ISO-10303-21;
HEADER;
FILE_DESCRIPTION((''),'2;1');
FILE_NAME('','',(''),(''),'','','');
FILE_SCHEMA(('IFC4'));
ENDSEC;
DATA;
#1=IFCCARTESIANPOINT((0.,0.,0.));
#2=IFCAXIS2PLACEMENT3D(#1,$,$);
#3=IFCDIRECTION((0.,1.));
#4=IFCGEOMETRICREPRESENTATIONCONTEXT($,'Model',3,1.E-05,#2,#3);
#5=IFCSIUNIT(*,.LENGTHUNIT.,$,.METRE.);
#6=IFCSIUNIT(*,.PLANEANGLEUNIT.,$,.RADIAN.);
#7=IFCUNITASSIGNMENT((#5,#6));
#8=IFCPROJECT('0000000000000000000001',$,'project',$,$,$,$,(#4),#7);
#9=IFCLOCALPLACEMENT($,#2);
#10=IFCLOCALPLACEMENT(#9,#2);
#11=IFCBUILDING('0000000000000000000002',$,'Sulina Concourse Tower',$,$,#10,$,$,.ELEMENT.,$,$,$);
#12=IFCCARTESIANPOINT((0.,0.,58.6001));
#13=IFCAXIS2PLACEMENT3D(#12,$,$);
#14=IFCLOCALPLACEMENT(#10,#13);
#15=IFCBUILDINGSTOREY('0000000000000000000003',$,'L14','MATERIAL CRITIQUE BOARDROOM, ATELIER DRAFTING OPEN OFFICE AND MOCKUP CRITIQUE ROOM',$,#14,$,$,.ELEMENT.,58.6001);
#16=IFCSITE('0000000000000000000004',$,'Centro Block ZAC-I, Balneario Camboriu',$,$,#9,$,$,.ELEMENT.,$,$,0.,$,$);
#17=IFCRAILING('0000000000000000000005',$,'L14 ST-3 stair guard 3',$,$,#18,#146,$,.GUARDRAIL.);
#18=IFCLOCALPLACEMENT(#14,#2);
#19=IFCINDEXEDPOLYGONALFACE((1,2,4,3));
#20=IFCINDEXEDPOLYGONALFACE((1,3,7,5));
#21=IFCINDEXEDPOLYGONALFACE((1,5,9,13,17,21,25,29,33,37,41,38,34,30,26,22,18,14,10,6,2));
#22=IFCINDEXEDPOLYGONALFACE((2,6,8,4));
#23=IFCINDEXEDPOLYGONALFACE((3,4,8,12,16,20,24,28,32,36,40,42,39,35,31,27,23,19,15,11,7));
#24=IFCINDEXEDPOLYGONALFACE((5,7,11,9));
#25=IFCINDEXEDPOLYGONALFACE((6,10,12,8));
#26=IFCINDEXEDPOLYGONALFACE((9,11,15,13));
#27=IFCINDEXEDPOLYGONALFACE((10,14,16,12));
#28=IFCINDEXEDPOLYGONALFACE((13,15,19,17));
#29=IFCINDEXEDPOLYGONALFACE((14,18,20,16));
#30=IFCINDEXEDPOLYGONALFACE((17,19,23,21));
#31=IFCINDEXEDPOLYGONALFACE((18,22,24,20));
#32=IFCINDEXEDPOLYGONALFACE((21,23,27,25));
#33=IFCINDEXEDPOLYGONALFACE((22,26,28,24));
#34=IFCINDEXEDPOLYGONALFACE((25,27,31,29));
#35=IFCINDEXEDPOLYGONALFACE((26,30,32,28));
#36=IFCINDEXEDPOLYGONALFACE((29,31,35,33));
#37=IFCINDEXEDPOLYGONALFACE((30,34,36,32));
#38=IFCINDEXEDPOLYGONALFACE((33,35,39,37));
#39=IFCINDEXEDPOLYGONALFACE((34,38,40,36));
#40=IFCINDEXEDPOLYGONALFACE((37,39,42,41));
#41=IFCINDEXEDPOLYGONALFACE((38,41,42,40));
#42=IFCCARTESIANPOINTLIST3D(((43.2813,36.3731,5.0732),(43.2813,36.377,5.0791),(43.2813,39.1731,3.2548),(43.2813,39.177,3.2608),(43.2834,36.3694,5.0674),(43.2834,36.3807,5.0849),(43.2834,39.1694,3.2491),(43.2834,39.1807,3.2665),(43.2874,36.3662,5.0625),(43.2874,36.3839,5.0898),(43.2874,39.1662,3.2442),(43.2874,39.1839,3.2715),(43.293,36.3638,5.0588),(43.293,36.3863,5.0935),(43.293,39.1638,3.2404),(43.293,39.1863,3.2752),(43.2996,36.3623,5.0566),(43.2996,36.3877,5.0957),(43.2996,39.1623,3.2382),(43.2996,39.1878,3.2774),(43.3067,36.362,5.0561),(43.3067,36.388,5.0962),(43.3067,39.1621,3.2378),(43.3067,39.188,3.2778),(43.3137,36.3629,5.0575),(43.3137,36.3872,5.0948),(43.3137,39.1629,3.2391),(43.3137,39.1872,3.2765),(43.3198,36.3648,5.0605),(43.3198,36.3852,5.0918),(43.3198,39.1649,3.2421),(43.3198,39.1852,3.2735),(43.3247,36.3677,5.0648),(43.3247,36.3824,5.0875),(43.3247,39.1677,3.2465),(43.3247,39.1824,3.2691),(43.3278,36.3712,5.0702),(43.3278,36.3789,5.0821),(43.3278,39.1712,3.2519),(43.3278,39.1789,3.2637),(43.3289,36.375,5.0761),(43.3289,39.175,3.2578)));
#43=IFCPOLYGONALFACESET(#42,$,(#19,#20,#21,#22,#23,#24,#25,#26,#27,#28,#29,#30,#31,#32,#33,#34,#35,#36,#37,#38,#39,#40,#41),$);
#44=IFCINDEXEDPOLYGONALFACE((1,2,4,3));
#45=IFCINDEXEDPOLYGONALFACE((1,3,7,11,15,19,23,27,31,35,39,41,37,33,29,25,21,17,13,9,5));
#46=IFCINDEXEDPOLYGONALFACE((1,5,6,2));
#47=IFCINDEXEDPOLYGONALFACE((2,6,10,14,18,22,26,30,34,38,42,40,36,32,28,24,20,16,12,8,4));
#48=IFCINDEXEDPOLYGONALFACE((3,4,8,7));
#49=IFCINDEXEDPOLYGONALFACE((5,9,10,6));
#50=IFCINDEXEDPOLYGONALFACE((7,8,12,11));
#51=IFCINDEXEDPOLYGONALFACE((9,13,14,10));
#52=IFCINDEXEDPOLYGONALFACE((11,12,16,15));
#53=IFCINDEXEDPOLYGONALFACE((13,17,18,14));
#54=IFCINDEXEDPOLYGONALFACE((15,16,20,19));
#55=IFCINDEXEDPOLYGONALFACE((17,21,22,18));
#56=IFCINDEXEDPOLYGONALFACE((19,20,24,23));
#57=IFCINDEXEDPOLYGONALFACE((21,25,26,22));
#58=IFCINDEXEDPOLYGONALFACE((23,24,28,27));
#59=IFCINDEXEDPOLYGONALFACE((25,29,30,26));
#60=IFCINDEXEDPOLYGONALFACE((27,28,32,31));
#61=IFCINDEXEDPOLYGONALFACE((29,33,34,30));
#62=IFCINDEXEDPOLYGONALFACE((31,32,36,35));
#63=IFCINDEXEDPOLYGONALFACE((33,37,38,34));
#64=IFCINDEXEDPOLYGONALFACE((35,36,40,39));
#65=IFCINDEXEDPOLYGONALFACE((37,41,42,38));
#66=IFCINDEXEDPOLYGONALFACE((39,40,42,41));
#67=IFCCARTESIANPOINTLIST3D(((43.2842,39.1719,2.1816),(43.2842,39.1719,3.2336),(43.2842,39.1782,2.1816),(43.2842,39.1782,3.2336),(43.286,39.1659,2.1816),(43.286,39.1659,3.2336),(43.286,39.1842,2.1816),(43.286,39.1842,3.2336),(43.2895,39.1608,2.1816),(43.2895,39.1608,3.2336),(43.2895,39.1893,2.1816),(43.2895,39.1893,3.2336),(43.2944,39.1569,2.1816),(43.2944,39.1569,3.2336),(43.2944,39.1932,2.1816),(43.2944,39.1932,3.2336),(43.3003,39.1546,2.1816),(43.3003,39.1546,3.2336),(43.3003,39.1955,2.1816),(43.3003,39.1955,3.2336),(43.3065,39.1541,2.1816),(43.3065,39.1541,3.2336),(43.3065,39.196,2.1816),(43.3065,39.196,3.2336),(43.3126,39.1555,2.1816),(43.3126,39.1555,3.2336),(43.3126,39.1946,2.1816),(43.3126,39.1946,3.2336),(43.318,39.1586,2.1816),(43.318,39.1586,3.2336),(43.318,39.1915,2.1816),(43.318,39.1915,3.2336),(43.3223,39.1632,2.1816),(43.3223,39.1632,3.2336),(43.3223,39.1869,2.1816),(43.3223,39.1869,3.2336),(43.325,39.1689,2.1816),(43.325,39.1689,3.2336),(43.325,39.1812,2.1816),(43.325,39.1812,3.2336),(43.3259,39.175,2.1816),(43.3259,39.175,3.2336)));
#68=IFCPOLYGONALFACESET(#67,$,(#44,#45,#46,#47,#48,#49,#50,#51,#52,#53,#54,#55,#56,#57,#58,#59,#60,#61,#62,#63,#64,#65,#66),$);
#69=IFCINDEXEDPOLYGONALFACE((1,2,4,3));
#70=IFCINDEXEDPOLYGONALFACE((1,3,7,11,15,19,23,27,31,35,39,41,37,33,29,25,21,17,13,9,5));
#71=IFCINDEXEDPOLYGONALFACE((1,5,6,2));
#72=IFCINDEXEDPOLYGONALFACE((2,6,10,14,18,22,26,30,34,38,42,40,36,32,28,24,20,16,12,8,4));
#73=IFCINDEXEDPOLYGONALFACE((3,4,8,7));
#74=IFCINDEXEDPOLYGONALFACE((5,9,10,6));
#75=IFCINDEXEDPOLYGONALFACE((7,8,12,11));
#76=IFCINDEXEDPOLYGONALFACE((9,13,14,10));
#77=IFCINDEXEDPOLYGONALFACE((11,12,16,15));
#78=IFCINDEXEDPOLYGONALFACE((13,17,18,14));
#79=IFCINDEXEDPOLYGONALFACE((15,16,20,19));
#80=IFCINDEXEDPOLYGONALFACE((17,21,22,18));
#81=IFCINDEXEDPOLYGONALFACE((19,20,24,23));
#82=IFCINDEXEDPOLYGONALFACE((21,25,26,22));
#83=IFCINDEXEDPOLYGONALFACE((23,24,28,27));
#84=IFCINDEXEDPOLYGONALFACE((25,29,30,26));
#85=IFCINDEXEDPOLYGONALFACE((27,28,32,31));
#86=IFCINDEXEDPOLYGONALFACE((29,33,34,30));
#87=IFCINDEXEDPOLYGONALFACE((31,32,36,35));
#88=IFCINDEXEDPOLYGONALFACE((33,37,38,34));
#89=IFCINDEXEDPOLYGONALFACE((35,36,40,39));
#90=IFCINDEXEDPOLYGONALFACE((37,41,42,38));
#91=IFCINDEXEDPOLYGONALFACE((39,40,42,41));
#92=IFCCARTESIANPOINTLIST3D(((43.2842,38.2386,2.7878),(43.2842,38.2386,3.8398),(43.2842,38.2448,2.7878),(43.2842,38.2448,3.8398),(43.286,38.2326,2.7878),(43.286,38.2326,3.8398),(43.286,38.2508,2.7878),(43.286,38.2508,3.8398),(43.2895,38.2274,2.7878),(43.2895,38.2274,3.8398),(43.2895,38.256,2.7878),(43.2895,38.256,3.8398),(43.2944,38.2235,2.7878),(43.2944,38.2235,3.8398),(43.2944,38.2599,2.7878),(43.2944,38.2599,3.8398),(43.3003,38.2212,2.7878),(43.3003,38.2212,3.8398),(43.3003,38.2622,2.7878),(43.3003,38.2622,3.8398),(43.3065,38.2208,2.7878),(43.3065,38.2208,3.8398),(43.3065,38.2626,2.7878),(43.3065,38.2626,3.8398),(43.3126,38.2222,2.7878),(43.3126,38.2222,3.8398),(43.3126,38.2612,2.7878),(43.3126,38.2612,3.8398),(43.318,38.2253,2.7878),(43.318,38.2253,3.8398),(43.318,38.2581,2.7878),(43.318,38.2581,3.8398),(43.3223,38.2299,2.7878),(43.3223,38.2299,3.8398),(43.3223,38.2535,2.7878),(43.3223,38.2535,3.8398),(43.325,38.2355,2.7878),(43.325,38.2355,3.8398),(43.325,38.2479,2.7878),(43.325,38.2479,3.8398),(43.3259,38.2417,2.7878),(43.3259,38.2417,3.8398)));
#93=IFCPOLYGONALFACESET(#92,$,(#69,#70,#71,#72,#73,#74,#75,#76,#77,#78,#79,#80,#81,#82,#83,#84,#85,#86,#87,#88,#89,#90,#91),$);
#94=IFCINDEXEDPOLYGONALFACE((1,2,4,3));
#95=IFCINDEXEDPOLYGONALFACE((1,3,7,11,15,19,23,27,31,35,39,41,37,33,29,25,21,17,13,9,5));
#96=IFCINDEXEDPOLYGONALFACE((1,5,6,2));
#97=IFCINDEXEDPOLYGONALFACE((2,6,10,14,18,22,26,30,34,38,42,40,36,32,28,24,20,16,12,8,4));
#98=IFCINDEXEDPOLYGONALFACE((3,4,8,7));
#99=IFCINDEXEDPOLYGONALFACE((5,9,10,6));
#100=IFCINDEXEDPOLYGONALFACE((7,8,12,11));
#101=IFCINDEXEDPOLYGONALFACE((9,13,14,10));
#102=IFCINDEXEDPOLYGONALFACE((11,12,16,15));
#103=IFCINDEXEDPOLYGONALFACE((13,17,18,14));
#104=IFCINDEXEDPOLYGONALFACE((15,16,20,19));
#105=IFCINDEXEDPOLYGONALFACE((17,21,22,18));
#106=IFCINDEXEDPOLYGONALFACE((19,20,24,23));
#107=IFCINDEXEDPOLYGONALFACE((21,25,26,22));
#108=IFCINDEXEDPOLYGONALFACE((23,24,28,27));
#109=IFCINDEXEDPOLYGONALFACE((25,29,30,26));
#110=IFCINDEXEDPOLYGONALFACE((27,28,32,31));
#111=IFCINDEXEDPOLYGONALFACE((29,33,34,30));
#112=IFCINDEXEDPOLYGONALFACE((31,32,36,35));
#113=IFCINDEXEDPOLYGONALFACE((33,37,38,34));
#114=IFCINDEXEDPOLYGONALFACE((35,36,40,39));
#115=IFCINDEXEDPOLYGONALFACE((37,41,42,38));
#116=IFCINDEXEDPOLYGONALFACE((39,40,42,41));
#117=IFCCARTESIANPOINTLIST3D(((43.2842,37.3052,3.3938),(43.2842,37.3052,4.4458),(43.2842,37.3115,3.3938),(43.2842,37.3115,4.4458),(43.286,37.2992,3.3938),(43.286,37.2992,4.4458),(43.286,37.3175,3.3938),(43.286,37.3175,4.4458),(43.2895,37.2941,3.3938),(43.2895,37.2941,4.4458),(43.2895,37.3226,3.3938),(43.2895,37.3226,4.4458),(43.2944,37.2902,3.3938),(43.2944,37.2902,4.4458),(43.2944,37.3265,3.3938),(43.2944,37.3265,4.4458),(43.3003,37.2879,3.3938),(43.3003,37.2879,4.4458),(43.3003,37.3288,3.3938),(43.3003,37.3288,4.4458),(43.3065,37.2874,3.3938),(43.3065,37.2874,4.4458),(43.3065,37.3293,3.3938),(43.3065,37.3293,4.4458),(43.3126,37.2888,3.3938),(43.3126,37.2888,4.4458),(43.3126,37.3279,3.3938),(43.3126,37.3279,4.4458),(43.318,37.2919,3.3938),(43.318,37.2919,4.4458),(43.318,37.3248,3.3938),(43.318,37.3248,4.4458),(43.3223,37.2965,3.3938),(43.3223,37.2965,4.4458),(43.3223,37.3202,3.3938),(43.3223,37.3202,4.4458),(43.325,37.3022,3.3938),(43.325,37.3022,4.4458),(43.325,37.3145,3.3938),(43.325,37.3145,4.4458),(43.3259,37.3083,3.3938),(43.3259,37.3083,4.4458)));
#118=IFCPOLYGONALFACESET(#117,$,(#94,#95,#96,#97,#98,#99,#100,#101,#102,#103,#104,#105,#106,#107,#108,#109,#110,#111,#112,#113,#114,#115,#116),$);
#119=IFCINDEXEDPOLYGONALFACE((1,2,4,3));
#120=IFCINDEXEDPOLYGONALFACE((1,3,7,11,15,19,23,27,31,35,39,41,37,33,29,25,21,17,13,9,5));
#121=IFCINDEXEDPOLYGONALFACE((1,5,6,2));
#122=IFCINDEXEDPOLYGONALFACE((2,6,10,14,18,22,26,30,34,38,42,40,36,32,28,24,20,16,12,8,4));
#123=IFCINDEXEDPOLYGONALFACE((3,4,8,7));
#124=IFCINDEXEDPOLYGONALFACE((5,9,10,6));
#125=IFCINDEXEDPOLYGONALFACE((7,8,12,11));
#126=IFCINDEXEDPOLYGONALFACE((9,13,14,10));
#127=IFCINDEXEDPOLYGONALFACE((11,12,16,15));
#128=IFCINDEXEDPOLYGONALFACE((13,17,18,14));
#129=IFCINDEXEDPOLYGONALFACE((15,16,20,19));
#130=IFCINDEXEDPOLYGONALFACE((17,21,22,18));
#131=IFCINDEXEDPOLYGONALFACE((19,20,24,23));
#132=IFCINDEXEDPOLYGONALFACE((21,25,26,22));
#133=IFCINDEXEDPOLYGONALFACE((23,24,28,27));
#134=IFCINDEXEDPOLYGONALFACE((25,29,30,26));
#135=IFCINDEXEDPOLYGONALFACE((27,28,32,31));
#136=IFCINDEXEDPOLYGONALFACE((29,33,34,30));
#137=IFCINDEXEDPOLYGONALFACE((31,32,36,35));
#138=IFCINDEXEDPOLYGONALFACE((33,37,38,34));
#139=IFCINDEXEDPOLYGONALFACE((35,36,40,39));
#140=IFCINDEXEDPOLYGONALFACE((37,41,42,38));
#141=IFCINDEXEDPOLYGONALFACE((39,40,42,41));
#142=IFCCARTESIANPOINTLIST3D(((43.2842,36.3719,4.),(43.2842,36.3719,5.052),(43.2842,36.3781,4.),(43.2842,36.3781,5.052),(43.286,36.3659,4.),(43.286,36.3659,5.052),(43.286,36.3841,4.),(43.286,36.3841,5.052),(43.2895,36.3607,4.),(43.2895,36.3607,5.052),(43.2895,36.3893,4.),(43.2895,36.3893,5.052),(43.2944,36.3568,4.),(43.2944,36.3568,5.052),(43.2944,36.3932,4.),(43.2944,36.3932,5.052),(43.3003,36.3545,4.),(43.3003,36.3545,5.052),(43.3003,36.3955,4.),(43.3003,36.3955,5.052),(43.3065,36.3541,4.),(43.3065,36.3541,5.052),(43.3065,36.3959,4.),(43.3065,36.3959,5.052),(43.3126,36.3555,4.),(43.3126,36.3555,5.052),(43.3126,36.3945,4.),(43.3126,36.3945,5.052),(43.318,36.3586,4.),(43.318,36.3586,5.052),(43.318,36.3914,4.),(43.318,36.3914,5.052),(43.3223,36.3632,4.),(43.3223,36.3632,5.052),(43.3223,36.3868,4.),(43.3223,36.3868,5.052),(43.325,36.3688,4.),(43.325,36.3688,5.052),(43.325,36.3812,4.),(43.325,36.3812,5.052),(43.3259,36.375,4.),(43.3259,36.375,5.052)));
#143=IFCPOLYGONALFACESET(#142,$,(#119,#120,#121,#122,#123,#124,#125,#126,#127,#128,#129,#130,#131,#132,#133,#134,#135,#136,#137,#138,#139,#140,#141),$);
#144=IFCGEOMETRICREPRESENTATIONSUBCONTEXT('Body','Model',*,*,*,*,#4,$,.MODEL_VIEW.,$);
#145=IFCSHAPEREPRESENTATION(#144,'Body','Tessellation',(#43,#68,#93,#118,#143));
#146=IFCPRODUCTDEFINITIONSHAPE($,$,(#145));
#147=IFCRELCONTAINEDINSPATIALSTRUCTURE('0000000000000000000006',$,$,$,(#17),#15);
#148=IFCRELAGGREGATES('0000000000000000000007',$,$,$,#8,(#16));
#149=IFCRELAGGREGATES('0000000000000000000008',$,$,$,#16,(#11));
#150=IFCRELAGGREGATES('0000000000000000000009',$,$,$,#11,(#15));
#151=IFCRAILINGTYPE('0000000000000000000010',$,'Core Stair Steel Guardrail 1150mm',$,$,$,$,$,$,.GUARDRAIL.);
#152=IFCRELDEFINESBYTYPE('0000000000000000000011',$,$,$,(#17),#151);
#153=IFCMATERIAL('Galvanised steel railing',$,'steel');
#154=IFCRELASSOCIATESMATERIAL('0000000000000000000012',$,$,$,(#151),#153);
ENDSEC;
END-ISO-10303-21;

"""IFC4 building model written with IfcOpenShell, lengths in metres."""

from ifc_helpers import new_model, si_unit, direction, frame, origin, origin_2d, place, context, subcontext, project, spatial, circle, extrude, material, type_object, element, save


model = new_model("IFC4")

# Units and contexts
model_context = context("Model", 3, precision=1e-05, world=origin(), true_north=direction((0.0, 1.0)))
body_context = subcontext(model_context, "Body", "Model", "MODEL_VIEW")
ifc_project = project(units=[si_unit("LENGTHUNIT", "METRE"), si_unit("PLANEANGLEUNIT", "RADIAN")], contexts=[model_context])

# Site, building, storey
site_placement = place(None, origin())
site = spatial("IfcSite", under=ifc_project, at=site_placement, Name="Centro Block ZAC-I, Balneario Camboriu", CompositionType="ELEMENT", RefElevation=0.0)
building_placement = place(site_placement, origin())
building = spatial("IfcBuilding", under=site, at=building_placement, Name="Sulina Concourse Tower", CompositionType="ELEMENT")
storey_placement = place(building_placement, frame((0.0, 0.0, 58.6001)))
storey = spatial("IfcBuildingStorey", under=building, at=storey_placement, Name="L14", Description="MATERIAL CRITIQUE BOARDROOM, ATELIER DRAFTING OPEN OFFICE AND MOCKUP CRITIQUE ROOM", CompositionType="ELEMENT", Elevation=58.6001)

# Railing
ifc_material_1 = material(Name="Galvanised steel railing", Category="steel")
railing_type = type_object("IfcRailingType", Name="Core Stair Steel Guardrail 1150mm", PredefinedType="GUARDRAIL", material=ifc_material_1)
railing_1_placement = place(storey_placement, frame((43.3049, 39.175, 2.1816)))
element("IfcRailing", 1, at=railing_1_placement, inside=storey, type_object=railing_type, Name="L14 ST-3 stair guard 3", PredefinedType="GUARDRAIL", context=body_context, shape_type="SweptSolid", body=[
    extrude(circle(Radius=0.0239, at=origin_2d()), frame((0.0, 0.0, 1.0762), z_axis=(0.0, -0.838672, 0.544636), x_axis=(1.0, 0.0, 0.0)), (0.0, 0.0, 1.0), 3.3386),
    extrude(circle(Radius=0.021, at=origin_2d()), origin(), (0.0, 0.0, 1.0), 1.052),
    extrude(circle(Radius=0.021, at=origin_2d()), frame((0.0, -0.9333, 0.6062)), (0.0, 0.0, 1.0), 1.052),
    extrude(circle(Radius=0.021, at=origin_2d()), frame((0.0, -1.8667, 1.2122)), (0.0, 0.0, 1.0), 1.052),
    extrude(circle(Radius=0.021, at=origin_2d()), frame((0.0, -2.8, 1.8184)), (0.0, 0.0, 1.0), 1.052),
])

save(model, "model.ifc")
